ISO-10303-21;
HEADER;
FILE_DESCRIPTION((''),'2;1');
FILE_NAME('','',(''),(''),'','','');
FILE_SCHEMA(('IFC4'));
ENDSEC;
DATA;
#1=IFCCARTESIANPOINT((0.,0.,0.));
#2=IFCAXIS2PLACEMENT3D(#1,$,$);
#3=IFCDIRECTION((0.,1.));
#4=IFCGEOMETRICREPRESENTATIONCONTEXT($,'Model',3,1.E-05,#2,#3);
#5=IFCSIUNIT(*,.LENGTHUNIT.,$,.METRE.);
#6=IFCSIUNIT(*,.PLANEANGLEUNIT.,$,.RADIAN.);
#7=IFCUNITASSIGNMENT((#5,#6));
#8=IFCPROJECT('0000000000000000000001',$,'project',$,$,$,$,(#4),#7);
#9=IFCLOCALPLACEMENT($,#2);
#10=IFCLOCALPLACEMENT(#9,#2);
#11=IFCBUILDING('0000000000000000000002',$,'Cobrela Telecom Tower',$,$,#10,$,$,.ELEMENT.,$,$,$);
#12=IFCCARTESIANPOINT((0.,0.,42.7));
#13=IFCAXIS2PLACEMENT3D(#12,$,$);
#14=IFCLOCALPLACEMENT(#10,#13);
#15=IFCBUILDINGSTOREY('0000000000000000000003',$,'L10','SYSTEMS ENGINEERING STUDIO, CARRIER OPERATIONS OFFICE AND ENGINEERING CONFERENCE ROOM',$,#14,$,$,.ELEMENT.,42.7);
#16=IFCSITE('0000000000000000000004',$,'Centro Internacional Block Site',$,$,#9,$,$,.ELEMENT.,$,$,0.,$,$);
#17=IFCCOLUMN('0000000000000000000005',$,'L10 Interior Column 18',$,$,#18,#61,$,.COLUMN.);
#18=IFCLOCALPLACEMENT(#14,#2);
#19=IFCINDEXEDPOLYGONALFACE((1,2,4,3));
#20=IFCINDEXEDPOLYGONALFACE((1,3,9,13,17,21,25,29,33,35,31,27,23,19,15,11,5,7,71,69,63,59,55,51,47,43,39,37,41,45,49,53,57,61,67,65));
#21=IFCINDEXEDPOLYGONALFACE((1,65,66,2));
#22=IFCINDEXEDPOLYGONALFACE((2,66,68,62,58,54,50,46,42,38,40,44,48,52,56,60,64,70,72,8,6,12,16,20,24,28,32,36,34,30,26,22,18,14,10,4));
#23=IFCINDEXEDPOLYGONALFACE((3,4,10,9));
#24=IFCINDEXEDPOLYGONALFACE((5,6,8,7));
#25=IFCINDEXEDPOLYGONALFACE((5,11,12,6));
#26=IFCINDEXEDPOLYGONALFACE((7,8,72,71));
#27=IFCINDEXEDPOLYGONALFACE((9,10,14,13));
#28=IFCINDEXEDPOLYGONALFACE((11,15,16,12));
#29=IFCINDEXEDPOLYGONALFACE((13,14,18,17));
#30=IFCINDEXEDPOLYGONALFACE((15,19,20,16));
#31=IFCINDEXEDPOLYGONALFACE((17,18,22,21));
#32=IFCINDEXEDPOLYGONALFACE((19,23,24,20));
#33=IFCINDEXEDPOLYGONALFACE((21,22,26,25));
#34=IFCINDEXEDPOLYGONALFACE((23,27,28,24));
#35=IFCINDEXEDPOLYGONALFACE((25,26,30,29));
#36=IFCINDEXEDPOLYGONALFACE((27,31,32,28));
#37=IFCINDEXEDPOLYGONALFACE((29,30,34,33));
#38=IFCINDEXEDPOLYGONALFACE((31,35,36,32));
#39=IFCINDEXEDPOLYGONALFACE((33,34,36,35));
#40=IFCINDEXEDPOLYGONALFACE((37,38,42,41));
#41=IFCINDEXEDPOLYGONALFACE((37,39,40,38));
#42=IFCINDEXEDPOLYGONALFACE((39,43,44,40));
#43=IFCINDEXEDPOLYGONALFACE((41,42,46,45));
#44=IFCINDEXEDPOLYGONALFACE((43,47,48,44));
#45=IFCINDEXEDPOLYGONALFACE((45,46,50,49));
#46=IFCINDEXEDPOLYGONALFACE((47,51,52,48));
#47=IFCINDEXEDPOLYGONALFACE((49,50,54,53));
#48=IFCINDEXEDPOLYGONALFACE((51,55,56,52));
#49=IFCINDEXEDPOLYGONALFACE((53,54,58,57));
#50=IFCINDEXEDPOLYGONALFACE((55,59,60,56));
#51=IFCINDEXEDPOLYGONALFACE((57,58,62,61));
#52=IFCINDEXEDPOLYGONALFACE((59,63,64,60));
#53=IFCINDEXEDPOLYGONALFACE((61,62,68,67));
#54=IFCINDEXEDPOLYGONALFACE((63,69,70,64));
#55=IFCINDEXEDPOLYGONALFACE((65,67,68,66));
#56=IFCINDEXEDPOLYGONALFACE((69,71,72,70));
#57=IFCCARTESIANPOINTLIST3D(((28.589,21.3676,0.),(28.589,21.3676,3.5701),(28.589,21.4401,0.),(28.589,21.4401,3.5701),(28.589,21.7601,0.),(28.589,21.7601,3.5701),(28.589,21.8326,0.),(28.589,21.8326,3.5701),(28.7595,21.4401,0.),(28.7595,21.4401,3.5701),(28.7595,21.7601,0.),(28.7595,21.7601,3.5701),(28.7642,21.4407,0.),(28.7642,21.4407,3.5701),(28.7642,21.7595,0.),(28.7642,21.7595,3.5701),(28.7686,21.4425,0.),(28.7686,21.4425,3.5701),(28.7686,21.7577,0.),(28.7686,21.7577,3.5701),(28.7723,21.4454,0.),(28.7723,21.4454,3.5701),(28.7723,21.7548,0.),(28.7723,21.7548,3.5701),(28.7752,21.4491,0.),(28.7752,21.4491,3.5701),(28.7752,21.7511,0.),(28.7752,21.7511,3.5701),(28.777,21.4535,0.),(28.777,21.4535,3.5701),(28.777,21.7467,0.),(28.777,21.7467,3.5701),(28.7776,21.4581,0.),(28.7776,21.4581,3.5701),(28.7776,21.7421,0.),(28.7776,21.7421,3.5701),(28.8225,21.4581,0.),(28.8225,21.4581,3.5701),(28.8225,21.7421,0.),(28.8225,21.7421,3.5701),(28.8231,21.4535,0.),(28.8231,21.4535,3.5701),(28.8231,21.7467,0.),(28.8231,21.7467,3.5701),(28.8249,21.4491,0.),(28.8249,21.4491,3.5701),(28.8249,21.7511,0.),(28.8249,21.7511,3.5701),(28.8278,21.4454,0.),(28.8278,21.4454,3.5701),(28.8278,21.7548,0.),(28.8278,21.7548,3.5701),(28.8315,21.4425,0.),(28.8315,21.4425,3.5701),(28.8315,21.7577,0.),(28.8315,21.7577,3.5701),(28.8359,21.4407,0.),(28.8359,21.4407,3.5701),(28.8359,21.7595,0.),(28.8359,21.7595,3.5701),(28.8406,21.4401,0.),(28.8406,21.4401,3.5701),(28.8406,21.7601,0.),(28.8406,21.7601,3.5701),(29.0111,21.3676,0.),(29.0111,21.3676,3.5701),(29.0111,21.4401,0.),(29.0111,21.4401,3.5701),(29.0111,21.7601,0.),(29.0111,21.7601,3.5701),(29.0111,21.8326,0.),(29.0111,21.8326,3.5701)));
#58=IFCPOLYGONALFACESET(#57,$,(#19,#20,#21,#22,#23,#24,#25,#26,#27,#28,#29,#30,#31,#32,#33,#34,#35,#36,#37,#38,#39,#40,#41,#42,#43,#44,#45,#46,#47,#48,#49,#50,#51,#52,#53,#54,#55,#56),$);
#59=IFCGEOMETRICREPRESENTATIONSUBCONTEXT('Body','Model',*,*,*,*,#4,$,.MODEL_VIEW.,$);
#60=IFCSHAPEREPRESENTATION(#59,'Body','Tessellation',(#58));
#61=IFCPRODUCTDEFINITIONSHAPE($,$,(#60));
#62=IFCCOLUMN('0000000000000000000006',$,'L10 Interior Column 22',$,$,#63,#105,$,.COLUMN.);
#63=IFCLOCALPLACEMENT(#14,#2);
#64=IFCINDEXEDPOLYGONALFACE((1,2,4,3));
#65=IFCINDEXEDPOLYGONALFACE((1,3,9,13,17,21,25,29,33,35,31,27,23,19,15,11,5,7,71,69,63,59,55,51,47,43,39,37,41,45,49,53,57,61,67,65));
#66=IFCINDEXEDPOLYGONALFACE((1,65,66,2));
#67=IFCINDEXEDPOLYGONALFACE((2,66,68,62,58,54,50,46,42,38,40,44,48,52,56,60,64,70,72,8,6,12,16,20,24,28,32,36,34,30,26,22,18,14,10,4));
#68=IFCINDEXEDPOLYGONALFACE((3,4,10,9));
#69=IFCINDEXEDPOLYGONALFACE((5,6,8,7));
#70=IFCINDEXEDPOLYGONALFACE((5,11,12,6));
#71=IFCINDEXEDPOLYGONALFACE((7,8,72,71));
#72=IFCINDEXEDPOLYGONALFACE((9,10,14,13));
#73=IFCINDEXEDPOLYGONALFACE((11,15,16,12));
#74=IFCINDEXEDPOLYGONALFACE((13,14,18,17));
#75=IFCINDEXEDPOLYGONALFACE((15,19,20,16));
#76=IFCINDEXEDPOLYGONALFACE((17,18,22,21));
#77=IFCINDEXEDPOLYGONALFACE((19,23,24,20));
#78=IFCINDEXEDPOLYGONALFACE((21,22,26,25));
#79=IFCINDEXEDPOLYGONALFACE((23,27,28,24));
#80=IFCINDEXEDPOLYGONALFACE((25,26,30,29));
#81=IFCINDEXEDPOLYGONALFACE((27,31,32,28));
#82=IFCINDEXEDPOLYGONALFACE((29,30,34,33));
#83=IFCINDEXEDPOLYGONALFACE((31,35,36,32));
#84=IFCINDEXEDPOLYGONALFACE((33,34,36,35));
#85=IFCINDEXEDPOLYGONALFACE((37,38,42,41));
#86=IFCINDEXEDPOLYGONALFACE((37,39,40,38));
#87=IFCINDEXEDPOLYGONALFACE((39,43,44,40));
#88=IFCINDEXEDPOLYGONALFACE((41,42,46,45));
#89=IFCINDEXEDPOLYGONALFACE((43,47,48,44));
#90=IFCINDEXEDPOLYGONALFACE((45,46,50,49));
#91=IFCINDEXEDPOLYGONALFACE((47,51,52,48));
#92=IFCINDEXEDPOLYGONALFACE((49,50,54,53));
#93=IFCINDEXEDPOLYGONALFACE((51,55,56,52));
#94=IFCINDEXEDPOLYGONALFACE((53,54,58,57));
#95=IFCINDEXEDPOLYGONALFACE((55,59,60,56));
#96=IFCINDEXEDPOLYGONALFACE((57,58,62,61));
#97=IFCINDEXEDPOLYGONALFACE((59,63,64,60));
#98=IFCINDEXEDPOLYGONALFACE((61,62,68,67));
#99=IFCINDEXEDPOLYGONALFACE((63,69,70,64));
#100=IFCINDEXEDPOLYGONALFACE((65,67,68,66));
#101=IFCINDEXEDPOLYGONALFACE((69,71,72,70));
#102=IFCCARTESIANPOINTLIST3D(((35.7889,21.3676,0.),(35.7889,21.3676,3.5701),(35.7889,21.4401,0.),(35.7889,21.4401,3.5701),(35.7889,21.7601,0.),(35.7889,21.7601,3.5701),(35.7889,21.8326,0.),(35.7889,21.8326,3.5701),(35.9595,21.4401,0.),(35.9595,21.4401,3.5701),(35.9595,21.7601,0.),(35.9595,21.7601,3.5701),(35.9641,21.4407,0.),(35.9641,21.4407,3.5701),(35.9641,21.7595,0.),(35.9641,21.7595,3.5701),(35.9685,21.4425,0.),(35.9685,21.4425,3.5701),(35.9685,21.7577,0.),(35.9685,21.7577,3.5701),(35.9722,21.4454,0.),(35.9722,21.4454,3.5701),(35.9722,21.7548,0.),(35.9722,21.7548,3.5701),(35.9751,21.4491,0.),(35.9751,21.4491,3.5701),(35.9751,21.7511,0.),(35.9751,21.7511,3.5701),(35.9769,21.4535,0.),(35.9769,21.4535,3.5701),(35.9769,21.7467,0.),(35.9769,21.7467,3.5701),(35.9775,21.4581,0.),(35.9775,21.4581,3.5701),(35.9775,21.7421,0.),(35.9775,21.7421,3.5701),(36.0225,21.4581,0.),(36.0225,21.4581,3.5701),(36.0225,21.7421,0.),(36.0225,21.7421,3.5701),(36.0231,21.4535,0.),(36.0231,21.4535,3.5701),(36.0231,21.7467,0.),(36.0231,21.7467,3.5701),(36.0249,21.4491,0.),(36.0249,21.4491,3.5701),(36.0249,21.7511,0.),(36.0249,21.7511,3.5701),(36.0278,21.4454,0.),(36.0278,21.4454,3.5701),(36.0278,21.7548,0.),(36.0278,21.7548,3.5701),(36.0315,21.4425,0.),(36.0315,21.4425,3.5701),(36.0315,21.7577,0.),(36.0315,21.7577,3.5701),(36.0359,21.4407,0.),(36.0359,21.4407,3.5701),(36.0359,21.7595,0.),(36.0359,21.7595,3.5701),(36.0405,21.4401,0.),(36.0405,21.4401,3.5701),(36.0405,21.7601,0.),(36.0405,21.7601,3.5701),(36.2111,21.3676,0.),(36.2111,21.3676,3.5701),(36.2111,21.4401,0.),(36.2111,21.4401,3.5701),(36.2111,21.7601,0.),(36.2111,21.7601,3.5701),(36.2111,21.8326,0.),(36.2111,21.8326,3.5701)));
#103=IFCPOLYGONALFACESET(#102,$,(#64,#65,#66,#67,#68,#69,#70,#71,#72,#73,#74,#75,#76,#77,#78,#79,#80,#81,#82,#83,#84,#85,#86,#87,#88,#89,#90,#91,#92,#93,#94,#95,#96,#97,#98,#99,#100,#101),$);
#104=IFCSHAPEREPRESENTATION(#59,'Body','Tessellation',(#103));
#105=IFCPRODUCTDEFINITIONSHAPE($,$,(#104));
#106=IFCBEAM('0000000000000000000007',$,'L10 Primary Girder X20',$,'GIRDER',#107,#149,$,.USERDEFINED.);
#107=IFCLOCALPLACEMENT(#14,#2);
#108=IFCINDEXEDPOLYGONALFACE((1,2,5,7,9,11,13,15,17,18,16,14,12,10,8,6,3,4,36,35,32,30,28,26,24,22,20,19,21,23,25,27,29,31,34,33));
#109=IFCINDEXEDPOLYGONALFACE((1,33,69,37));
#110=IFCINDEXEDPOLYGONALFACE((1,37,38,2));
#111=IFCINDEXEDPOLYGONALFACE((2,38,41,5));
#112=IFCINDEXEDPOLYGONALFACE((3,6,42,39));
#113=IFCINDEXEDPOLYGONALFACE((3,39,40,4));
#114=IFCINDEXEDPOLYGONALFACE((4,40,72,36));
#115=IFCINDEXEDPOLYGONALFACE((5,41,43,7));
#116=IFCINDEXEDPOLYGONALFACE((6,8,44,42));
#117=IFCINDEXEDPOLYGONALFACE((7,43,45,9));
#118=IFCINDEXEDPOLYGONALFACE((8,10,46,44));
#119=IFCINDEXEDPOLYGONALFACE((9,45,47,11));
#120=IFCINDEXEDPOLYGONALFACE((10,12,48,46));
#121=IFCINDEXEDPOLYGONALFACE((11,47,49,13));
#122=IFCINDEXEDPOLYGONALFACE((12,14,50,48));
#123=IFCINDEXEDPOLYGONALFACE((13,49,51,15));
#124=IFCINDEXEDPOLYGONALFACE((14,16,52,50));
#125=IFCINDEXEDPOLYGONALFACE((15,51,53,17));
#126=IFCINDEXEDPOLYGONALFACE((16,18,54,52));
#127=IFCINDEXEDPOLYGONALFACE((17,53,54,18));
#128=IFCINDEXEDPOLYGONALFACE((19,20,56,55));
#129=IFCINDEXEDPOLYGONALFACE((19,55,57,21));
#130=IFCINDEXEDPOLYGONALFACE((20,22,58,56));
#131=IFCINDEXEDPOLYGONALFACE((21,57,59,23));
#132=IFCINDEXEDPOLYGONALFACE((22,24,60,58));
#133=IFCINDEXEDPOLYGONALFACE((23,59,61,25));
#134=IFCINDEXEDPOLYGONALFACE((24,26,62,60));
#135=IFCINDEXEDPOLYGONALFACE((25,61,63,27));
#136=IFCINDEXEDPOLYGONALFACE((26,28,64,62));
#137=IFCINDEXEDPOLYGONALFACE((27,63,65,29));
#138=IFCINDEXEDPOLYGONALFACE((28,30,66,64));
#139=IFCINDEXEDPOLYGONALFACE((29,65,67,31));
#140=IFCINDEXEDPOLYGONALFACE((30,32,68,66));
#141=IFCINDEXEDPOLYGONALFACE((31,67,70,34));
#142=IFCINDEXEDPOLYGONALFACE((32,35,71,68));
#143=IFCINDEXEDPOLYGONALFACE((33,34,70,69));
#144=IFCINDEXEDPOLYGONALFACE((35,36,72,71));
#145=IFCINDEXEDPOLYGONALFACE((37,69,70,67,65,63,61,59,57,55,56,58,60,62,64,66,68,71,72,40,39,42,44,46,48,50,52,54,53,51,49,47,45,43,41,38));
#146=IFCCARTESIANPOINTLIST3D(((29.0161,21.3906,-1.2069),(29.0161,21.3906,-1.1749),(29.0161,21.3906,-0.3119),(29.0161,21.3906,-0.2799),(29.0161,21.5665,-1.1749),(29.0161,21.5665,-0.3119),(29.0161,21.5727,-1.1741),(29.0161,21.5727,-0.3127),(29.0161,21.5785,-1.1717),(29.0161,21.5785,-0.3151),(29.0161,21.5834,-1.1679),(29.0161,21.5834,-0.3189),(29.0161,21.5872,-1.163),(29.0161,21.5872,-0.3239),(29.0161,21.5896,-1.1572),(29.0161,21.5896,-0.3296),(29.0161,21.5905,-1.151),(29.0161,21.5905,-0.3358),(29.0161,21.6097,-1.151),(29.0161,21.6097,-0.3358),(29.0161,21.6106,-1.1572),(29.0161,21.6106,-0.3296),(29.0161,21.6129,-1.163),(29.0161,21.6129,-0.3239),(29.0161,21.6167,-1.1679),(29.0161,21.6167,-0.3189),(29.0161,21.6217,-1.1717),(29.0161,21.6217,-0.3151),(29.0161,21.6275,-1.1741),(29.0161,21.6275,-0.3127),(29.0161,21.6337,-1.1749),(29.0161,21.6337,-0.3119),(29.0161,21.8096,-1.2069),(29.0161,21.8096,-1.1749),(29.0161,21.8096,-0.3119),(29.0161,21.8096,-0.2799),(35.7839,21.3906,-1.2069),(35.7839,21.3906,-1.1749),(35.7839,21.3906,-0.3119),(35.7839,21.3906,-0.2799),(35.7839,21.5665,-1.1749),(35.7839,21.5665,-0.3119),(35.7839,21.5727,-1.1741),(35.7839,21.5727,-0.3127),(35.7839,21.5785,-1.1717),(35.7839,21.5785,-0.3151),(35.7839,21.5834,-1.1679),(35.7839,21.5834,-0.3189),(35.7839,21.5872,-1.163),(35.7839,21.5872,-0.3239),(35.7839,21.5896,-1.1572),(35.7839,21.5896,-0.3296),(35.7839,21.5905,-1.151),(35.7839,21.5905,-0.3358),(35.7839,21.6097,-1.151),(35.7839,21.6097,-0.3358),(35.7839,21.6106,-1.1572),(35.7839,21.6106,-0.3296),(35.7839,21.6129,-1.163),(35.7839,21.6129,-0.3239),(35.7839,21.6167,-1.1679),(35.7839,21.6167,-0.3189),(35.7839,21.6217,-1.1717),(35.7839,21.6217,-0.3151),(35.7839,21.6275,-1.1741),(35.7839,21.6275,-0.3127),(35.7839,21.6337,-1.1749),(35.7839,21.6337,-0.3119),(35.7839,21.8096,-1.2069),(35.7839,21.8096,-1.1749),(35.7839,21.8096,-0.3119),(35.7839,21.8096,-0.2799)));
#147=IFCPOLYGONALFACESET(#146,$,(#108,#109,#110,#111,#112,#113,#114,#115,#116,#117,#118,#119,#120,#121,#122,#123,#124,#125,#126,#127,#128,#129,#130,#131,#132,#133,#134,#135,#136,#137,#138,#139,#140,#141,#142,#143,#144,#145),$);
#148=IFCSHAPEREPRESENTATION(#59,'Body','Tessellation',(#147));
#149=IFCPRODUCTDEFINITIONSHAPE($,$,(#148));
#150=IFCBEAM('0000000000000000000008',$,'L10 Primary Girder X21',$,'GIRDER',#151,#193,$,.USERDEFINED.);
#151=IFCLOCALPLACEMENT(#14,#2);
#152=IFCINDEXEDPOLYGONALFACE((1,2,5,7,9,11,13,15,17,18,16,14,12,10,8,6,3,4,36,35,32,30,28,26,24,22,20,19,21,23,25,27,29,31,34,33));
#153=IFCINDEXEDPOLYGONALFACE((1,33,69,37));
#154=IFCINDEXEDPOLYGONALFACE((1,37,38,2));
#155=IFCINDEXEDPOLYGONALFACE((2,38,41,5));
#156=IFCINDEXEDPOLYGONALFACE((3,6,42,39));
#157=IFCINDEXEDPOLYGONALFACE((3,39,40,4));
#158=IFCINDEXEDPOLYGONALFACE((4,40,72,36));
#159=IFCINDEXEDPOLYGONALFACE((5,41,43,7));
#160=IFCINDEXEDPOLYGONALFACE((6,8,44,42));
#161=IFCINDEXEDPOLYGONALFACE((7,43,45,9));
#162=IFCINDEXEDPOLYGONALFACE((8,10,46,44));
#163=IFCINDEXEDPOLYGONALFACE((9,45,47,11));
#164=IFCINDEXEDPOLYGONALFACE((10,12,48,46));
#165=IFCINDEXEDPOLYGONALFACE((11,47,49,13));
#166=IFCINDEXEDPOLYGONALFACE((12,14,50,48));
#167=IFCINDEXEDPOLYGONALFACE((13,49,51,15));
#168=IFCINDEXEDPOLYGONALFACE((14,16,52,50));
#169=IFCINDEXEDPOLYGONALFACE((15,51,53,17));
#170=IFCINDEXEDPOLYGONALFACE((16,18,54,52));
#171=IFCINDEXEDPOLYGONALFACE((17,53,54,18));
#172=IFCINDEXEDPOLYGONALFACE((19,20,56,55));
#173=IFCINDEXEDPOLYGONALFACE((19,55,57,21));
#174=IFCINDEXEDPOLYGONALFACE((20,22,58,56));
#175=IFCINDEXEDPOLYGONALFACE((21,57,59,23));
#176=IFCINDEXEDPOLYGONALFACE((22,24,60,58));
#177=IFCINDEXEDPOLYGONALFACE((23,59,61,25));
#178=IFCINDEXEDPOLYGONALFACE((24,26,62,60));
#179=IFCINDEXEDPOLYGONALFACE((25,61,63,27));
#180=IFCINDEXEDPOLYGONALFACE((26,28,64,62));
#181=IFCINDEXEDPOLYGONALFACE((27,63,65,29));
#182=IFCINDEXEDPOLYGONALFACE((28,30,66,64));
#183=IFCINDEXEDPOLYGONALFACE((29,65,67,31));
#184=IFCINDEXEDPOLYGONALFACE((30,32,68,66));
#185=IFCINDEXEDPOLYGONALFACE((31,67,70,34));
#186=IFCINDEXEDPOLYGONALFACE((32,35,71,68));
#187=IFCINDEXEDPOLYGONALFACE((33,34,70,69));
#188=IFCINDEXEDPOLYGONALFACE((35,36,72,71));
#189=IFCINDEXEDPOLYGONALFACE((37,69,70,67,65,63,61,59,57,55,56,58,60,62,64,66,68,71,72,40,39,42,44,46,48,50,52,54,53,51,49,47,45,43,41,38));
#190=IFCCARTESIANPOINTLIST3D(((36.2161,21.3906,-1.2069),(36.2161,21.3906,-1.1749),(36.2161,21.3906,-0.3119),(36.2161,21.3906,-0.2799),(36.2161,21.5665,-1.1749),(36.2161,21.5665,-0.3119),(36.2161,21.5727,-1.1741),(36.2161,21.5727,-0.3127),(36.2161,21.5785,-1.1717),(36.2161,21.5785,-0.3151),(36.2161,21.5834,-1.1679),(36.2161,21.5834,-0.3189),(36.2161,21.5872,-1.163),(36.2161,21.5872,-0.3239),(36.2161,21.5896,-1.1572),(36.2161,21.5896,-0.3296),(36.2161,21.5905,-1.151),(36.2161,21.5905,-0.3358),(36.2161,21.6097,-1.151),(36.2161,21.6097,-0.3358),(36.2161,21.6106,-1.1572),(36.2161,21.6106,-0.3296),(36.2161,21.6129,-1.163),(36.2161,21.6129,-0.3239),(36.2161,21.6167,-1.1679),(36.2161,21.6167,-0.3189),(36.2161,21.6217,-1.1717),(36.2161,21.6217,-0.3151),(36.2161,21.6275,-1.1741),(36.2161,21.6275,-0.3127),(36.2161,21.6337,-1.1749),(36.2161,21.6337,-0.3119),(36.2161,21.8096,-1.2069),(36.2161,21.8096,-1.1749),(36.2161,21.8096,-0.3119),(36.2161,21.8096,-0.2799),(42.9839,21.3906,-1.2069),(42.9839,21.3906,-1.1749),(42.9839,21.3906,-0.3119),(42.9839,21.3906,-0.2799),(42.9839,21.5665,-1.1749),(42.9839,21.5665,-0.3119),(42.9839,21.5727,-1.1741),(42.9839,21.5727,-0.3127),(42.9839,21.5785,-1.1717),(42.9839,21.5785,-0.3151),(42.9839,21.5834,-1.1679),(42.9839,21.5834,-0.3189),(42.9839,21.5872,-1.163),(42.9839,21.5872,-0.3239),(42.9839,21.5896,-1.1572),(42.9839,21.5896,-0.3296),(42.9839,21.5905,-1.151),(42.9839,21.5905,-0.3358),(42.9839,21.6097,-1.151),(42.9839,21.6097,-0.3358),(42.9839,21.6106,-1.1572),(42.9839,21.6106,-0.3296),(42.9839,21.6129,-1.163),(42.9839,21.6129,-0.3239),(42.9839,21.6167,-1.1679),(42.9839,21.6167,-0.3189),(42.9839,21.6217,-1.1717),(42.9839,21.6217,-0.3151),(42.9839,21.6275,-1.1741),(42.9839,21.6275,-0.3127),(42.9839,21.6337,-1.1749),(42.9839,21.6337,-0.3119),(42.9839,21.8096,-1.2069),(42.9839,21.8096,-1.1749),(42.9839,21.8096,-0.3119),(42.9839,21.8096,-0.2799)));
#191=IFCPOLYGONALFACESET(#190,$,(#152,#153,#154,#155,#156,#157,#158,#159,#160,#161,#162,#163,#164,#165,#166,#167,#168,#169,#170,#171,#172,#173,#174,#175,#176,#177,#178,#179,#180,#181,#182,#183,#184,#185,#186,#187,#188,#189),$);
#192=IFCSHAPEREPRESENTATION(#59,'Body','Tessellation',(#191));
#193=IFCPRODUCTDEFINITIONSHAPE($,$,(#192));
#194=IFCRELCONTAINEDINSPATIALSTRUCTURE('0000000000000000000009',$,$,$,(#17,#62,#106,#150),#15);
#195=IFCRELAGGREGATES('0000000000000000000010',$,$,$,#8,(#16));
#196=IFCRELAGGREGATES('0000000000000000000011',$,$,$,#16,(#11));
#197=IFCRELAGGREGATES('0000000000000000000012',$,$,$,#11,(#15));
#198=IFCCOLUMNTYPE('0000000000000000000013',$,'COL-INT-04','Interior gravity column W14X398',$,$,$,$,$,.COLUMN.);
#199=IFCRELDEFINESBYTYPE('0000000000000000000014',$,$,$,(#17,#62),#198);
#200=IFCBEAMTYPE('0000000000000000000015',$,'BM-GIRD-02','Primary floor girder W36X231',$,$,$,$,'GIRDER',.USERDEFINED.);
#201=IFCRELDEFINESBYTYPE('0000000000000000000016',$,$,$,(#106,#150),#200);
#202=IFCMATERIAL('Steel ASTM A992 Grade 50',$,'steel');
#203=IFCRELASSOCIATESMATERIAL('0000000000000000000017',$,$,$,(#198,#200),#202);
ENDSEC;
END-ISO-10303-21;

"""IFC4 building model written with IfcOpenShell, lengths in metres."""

from ifc_helpers import new_model, si_unit, direction, frame, origin, origin_2d, place, context, subcontext, project, spatial, i_section, extrude, material, material_profile, profile_set, type_object, element, save


model = new_model("IFC4")

# Units and contexts
model_context = context("Model", 3, precision=1e-05, world=origin(), true_north=direction((0.0, 1.0)))
body_context = subcontext(model_context, "Body", "Model", "MODEL_VIEW")
ifc_project = project(units=[si_unit("LENGTHUNIT", "METRE"), si_unit("PLANEANGLEUNIT", "RADIAN")], contexts=[model_context])

# Site, building, storey
site_placement = place(None, origin())
site = spatial("IfcSite", under=ifc_project, at=site_placement, Name="Centro Internacional Block Site", CompositionType="ELEMENT", RefElevation=0.0)
building_placement = place(site_placement, origin())
building = spatial("IfcBuilding", under=site, at=building_placement, Name="Cobrela Telecom Tower", CompositionType="ELEMENT")
storey_placement = place(building_placement, frame((0.0, 0.0, 42.7)))
storey = spatial("IfcBuildingStorey", under=building, at=storey_placement, Name="L10", Description="SYSTEMS ENGINEERING STUDIO, CARRIER OPERATIONS OFFICE AND ENGINEERING CONFERENCE ROOM", CompositionType="ELEMENT", Elevation=42.7)

# Columns
ifc_material_1 = material(Name="Steel ASTM A992 Grade 50", Category="steel")
ifc_material_profile_1 = material_profile(ifc_material_1, i_section(OverallWidth=0.4221, OverallDepth=0.4651, WebThickness=0.0449, FlangeThickness=0.0725, FilletRadius=0.0181, at=origin_2d()), Name="W14X398")
ifc_profile_set_1 = profile_set([ifc_material_profile_1], Name="Steel ASTM A992 Grade 50")
column_type = type_object("IfcColumnType", Name="COL-INT-04", Description="Interior gravity column W14X398", PredefinedType="COLUMN", material=ifc_profile_set_1)
for number, where, z_axis, x_axis, name in (
    (1, (28.8, 21.6001, 0.0), (0.0, 0.0, 1.0), (1.0, 0.0, 0.0), "L10 Interior Column 18"),
    (2, (36.0, 21.6001, 0.0), (0.0, 0.0, 1.0), (1.0, 0.0, 0.0), "L10 Interior Column 22"),
):
    element("IfcColumn", number, at=place(storey_placement, frame(where, z_axis=z_axis, x_axis=x_axis)), inside=storey, type_object=column_type, Name=name, PredefinedType="COLUMN", context=body_context, shape_type="SweptSolid", body=[
        extrude(i_section(OverallWidth=0.4221, OverallDepth=0.4651, WebThickness=0.0449, FlangeThickness=0.0725, FilletRadius=0.0181, at=origin_2d()), origin(), (0.0, 0.0, 1.0), 3.5701),
    ])

# Beams
ifc_material_profile_2 = material_profile(ifc_material_1, i_section(OverallWidth=0.4189, OverallDepth=0.927, WebThickness=0.0193, FlangeThickness=0.032, FilletRadius=0.0239, at=origin_2d()), Name="W36X231")
ifc_profile_set_2 = profile_set([ifc_material_profile_2], Name="Steel ASTM A992 Grade 50")
beam_type_1 = type_object("IfcBeamType", Name="BM-GIRD-02", Description="Primary floor girder W36X231", ElementType="GIRDER", PredefinedType="USERDEFINED", material=ifc_profile_set_2)
for number, where, z_axis, x_axis, name in (
    (3, (29.0161, 21.6001, -0.7434), (1.0, 0.0, 0.0), (0.0, 1.0, 0.0), "L10 Primary Girder X20"),
    (4, (36.2161, 21.6001, -0.7434), (1.0, 0.0, 0.0), (0.0, 1.0, 0.0), "L10 Primary Girder X21"),
):
    element("IfcBeam", number, at=place(storey_placement, frame(where, z_axis=z_axis, x_axis=x_axis)), inside=storey, type_object=beam_type_1, Name=name, ObjectType="GIRDER", PredefinedType="USERDEFINED", context=body_context, shape_type="SweptSolid", body=[
        extrude(i_section(OverallWidth=0.4189, OverallDepth=0.927, WebThickness=0.0193, FlangeThickness=0.032, FilletRadius=0.0239, at=origin_2d()), origin(), (0.0, 0.0, 1.0), 6.7678),
    ])

save(model, "model.ifc")
